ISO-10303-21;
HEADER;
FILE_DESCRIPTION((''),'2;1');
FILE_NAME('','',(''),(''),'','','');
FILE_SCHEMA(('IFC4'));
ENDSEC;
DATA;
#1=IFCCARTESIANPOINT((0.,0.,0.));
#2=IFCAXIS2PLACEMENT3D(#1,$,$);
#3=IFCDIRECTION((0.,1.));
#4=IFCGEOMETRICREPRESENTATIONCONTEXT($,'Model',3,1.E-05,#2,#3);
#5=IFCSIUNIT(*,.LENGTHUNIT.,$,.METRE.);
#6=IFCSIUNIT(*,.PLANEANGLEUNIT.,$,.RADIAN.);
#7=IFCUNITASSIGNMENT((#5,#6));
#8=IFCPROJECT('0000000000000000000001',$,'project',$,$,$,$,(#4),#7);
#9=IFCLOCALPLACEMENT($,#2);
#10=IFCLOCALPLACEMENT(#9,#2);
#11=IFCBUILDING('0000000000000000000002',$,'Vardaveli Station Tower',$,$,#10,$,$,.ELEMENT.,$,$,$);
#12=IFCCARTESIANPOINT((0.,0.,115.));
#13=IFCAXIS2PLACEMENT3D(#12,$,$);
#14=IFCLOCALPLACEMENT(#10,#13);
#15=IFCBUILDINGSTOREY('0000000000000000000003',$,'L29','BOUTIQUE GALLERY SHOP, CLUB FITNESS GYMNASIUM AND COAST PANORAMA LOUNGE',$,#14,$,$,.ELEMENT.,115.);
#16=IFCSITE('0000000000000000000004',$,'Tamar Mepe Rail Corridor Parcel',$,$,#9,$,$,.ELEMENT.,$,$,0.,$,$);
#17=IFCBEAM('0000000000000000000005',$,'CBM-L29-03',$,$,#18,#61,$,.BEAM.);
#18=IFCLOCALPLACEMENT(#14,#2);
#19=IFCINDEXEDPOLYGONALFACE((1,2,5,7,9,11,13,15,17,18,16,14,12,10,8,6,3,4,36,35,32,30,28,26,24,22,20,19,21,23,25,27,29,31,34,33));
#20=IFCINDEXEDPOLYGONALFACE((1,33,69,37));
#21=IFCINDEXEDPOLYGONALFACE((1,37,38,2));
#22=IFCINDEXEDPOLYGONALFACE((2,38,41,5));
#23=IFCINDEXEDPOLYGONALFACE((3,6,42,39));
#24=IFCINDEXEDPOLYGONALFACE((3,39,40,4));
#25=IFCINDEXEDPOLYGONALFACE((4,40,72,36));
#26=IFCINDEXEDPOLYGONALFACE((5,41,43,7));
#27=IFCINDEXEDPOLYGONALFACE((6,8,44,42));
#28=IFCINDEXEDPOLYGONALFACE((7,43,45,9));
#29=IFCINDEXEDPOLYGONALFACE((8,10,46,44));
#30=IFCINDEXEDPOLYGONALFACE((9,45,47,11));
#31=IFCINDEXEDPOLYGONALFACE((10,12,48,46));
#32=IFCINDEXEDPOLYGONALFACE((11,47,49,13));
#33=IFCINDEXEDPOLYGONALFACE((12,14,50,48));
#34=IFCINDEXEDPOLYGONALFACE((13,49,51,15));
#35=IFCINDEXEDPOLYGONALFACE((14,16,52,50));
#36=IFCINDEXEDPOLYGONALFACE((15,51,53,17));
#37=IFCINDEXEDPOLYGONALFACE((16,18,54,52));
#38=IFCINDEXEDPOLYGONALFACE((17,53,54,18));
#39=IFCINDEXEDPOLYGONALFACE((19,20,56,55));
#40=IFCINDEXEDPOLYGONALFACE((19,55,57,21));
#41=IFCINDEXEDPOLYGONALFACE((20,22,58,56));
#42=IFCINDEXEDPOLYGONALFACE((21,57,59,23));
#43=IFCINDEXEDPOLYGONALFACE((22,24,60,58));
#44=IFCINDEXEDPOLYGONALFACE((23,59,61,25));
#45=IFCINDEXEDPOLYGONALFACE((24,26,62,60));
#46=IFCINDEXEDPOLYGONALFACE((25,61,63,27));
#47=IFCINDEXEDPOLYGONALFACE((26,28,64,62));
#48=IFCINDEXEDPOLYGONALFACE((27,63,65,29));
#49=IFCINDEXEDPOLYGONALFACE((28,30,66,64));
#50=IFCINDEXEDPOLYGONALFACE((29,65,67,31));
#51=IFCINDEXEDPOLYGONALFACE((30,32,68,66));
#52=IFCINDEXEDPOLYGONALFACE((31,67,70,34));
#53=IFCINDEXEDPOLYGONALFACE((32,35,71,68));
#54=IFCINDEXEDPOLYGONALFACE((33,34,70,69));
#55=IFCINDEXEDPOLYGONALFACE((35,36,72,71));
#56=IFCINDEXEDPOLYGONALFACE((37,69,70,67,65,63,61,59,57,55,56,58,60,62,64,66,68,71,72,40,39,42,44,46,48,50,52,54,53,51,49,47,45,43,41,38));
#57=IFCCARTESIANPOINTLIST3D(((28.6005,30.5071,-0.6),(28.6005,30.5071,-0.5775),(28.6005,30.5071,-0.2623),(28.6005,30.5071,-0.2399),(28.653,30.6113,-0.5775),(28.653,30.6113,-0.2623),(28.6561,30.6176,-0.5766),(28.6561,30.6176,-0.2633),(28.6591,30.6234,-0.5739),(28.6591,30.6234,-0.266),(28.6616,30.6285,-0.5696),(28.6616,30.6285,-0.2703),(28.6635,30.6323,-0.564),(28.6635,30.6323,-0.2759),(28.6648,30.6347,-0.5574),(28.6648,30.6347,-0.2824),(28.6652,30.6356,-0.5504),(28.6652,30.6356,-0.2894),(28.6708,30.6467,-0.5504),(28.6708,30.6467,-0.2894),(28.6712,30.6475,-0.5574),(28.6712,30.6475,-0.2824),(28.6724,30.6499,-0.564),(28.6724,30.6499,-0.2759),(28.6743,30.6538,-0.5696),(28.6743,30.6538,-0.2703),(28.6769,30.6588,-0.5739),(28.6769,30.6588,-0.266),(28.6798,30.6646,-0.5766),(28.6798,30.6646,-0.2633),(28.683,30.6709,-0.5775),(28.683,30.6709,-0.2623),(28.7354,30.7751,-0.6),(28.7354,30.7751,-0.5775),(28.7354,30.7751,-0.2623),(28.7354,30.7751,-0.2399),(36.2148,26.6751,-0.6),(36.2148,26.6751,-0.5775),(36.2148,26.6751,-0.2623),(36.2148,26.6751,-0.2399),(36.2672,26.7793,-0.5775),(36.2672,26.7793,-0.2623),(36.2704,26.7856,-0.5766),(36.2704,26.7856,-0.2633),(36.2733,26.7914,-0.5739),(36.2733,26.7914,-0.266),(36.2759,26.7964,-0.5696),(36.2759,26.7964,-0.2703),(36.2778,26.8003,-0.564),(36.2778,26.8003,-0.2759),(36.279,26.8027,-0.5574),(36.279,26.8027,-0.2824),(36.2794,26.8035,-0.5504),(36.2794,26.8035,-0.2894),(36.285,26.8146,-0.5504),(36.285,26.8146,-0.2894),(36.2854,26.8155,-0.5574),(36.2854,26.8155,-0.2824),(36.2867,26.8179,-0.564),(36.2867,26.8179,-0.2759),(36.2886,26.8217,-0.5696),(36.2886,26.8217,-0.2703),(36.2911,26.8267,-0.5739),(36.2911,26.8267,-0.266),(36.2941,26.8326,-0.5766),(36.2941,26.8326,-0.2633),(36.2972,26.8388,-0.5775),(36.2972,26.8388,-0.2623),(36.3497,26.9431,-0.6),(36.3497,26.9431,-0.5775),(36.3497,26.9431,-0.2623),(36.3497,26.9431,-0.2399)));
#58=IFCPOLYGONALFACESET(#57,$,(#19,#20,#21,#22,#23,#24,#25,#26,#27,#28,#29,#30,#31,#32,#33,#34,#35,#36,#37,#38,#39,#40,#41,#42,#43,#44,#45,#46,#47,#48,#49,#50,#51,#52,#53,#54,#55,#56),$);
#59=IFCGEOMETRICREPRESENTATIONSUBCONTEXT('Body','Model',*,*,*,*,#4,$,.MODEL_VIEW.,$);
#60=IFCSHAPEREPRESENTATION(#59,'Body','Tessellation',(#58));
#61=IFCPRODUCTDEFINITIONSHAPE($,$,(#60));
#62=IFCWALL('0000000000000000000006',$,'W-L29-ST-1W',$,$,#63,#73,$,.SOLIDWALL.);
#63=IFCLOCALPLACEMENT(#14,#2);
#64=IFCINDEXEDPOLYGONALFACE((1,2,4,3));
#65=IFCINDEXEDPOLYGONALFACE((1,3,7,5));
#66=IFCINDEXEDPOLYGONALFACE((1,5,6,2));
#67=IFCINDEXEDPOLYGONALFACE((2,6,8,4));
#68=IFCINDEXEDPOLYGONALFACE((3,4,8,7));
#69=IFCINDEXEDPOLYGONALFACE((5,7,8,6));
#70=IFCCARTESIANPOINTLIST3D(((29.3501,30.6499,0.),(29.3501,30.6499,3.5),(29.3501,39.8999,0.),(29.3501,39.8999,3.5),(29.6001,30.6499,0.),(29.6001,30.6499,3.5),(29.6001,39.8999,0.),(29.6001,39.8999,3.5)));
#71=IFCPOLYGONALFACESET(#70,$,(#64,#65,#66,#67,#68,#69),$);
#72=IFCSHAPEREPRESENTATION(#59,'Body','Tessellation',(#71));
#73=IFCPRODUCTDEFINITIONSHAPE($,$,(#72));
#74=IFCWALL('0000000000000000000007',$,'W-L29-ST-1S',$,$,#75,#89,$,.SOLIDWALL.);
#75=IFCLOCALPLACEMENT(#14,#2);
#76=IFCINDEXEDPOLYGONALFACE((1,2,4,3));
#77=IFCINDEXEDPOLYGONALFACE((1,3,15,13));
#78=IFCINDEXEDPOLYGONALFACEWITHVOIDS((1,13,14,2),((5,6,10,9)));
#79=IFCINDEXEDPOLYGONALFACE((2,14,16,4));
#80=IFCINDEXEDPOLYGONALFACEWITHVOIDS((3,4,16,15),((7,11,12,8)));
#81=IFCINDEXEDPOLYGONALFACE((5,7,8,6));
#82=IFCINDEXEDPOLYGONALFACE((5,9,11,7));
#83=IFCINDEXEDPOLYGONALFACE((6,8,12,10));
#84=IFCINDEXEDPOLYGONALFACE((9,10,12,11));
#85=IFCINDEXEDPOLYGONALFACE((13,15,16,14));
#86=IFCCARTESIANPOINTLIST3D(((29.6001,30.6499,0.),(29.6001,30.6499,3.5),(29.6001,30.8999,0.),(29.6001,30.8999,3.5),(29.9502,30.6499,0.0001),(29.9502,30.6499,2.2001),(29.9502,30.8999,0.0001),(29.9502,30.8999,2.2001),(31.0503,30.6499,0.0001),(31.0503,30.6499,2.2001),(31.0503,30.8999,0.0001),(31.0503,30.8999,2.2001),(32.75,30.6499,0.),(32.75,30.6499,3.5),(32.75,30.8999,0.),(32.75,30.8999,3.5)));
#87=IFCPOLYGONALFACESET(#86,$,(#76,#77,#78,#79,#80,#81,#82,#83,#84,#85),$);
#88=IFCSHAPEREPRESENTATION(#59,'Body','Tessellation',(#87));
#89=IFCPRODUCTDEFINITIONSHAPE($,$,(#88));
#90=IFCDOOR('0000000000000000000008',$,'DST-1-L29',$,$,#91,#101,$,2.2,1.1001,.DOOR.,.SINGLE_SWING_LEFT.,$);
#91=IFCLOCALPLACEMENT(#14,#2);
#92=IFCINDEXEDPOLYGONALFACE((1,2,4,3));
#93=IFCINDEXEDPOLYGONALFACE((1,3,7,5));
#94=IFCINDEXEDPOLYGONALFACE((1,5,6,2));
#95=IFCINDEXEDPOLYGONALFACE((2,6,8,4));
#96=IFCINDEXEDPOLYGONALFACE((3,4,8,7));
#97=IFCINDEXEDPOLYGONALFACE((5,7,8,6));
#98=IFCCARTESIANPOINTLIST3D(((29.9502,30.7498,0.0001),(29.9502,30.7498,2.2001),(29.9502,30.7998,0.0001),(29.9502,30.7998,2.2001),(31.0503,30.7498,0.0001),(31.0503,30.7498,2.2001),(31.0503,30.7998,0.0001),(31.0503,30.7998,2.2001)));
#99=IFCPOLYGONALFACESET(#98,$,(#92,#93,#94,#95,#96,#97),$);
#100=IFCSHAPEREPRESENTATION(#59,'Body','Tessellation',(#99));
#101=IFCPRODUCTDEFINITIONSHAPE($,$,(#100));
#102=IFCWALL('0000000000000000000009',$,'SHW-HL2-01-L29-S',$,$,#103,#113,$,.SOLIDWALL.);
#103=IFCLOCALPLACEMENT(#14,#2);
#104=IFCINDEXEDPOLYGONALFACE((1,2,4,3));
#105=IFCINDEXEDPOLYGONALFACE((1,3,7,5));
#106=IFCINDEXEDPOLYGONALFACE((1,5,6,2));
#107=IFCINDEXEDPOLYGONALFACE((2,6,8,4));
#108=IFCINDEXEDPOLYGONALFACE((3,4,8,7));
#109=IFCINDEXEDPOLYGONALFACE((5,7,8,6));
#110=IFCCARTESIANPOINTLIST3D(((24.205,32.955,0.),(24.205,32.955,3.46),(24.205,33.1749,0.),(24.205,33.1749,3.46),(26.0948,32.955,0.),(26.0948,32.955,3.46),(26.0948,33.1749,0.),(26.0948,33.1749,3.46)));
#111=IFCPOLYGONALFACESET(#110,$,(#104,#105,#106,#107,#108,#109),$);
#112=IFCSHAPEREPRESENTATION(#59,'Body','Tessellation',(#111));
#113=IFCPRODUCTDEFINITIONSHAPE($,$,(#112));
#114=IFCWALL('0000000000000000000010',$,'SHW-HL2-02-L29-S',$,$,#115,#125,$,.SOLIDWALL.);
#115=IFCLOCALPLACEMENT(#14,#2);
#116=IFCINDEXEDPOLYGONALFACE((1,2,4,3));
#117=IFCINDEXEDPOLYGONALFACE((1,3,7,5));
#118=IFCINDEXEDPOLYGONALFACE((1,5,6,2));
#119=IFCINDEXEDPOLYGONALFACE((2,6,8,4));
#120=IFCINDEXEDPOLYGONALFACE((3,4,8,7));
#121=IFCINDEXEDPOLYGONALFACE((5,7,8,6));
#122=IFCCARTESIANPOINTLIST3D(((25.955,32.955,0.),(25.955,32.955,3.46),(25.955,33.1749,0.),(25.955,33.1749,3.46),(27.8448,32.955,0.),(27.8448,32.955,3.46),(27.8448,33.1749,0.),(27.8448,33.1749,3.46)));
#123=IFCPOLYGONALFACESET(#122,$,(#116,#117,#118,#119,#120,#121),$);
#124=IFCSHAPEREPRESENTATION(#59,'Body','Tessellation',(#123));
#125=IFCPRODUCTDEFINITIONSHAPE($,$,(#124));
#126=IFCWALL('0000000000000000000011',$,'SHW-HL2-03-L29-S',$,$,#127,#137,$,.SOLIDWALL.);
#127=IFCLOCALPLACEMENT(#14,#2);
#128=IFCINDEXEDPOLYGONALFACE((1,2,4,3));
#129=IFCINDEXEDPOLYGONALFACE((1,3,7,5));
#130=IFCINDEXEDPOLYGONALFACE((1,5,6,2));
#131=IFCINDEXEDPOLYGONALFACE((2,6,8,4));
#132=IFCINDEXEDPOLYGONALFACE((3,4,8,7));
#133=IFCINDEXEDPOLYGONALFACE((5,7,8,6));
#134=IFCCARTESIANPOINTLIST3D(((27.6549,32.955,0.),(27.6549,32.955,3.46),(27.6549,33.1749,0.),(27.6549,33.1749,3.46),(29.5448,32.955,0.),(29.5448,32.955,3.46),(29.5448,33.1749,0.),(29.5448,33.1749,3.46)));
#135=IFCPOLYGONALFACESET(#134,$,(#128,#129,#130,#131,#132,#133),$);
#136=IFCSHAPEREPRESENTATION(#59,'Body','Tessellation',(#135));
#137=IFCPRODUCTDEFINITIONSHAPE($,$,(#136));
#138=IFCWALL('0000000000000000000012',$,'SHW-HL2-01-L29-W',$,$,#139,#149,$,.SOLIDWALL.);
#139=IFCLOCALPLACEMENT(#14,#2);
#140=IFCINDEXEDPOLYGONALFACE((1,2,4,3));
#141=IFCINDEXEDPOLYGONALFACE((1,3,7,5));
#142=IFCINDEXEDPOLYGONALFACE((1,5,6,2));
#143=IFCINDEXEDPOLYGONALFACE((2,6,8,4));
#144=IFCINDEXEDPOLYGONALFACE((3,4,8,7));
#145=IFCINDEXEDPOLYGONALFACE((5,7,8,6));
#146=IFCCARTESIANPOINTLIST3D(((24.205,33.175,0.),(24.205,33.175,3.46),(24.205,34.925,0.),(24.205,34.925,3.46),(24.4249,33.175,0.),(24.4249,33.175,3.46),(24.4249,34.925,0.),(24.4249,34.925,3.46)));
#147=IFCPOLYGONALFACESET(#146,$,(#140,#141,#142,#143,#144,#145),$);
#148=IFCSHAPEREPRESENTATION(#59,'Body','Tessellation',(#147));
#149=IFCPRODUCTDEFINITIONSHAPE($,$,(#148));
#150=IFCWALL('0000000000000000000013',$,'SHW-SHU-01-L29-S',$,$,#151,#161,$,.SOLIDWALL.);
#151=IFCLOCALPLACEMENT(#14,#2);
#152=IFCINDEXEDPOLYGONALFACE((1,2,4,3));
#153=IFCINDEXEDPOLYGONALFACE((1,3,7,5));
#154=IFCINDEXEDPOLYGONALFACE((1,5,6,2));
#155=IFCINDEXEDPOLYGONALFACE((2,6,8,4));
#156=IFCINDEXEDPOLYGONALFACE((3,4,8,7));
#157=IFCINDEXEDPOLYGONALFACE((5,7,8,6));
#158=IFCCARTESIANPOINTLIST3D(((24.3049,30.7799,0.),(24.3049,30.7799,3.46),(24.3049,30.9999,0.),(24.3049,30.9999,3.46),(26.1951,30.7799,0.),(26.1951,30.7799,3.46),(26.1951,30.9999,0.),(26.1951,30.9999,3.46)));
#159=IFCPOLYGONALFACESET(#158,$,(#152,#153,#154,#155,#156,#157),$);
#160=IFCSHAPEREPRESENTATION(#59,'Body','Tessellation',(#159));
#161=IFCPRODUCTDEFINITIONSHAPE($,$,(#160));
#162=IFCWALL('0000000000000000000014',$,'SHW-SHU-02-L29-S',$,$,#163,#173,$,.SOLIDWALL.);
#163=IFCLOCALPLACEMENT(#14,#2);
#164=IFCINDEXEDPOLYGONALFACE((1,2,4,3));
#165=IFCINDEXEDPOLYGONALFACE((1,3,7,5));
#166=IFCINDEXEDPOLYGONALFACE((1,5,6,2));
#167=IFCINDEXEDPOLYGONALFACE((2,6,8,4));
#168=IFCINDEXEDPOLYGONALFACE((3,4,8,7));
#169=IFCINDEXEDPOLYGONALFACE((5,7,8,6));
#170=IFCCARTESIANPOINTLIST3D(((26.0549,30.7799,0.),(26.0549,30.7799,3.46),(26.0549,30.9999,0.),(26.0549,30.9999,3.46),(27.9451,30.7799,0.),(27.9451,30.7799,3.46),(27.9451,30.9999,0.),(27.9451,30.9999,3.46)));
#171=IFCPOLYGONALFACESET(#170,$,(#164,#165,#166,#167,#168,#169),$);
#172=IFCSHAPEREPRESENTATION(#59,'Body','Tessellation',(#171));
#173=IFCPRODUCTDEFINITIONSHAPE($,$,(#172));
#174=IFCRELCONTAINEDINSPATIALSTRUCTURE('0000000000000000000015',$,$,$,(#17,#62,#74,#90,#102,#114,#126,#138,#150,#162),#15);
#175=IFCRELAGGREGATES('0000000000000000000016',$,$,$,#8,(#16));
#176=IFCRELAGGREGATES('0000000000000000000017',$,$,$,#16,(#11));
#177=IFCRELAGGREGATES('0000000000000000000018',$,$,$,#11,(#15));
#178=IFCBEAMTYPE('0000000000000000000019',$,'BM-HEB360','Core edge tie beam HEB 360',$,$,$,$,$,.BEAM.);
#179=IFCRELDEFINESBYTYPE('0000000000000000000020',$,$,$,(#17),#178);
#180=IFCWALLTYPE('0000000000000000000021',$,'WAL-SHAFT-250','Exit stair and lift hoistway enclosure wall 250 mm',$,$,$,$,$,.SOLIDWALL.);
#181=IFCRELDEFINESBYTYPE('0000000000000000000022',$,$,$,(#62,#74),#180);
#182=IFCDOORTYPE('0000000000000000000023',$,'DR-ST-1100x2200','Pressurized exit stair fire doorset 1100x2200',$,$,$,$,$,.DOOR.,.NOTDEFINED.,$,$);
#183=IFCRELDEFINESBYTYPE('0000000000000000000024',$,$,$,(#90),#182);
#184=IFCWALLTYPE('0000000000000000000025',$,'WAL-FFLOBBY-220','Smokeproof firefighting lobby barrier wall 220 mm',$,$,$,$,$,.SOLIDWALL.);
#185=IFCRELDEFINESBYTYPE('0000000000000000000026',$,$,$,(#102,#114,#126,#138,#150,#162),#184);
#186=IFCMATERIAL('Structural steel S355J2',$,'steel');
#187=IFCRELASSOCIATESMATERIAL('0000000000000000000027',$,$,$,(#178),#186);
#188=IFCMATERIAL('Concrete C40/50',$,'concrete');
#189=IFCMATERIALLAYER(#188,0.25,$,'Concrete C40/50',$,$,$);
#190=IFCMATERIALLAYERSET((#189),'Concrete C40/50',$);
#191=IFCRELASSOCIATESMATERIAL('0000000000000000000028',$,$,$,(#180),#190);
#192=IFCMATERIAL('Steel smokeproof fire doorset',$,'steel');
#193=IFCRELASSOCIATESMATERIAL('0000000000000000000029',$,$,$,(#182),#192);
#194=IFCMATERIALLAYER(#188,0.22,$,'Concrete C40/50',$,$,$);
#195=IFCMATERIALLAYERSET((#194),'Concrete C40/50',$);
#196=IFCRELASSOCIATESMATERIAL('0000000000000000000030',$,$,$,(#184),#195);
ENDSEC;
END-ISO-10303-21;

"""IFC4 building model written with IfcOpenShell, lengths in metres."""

from ifc_helpers import new_model, si_unit, direction, frame, frame_2d, origin, origin_2d, place, context, subcontext, project, spatial, rectangle, i_section, extrude, source, transform, mapped, material, layer, layer_set, material_profile, profile_set, type_object, element, fill, save


model = new_model("IFC4")

# Units and contexts
model_context = context("Model", 3, precision=1e-05, world=origin(), true_north=direction((0.0, 1.0)))
body_context = subcontext(model_context, "Body", "Model", "MODEL_VIEW")
ifc_project = project(units=[si_unit("LENGTHUNIT", "METRE"), si_unit("PLANEANGLEUNIT", "RADIAN")], contexts=[model_context])

# Site, building, storey
site_placement = place(None, origin())
site = spatial("IfcSite", under=ifc_project, at=site_placement, Name="Tamar Mepe Rail Corridor Parcel", CompositionType="ELEMENT", RefElevation=0.0)
building_placement = place(site_placement, origin())
building = spatial("IfcBuilding", under=site, at=building_placement, Name="Vardaveli Station Tower", CompositionType="ELEMENT")
storey_placement = place(building_placement, frame((0.0, 0.0, 115.0)))
storey = spatial("IfcBuildingStorey", under=building, at=storey_placement, Name="L29", Description="BOUTIQUE GALLERY SHOP, CLUB FITNESS GYMNASIUM AND COAST PANORAMA LOUNGE", CompositionType="ELEMENT", Elevation=115.0)

# Beam
ifc_material_1 = material(Name="Structural steel S355J2", Category="steel")
ifc_material_profile_1 = material_profile(ifc_material_1, i_section(OverallWidth=0.3, OverallDepth=0.3601, WebThickness=0.0125, FlangeThickness=0.0225, FilletRadius=0.0271, at=origin_2d()), Name="HEB 360")
ifc_profile_set_1 = profile_set([ifc_material_profile_1], Name="Structural steel S355J2")
beam_type_1 = type_object("IfcBeamType", Name="BM-HEB360", Description="Core edge tie beam HEB 360", PredefinedType="BEAM", material=ifc_profile_set_1)
shared_shape_1 = source(origin(), body_context, "Body", "SweptSolid", [
    extrude(i_section(OverallWidth=0.3, OverallDepth=0.3601, WebThickness=0.0125, FlangeThickness=0.0225, FilletRadius=0.0271, at=origin_2d()), origin(), (0.0, 0.0, 1.0), 8.5242),
])
beam_1_placement = place(storey_placement, frame((28.668, 30.6411, -0.4199), z_axis=(0.893256, -0.449549, 0.0), x_axis=(0.449549, 0.893256, 0.0)))
element("IfcBeam", 1, at=beam_1_placement, inside=storey, type_object=beam_type_1, Name="CBM-L29-03", PredefinedType="BEAM", context=body_context, shape_type="MappedRepresentation", body=[
    mapped(shared_shape_1, transform((0.0, 0.0, 0.0), scale=1.0)),
])

# Wall
ifc_material_2 = material(Name="Concrete C40/50", Category="concrete")
ifc_layer_1 = layer(ifc_material_2, 0.25, Name="Concrete C40/50")
ifc_layer_set_1 = layer_set([ifc_layer_1], Name="Concrete C40/50")
wall_type_1 = type_object("IfcWallType", Name="WAL-SHAFT-250", Description="Exit stair and lift hoistway enclosure wall 250 mm", PredefinedType="SOLIDWALL", material=ifc_layer_set_1)
shared_shape_2 = source(origin(), body_context, "Body", "SweptSolid", [
    extrude(rectangle(XDim=9.25, YDim=0.25, at=frame_2d((4.625, 0.0))), origin(), (0.0, 0.0, 1.0), 3.5),
])
wall_1_placement = place(storey_placement, frame((29.4751, 30.6499, 0.0), z_axis=(0.0, 0.0, 1.0), x_axis=(0.0, 1.0, 0.0)))
element("IfcWall", 2, at=wall_1_placement, inside=storey, type_object=wall_type_1, Name="W-L29-ST-1W", PredefinedType="SOLIDWALL", context=body_context, shape_type="MappedRepresentation", body=[
    mapped(shared_shape_2, transform((0.0, 0.0, 0.0), scale=1.0)),
])

# Wall, opening, door
shared_shape_3 = source(origin(), body_context, "Body", "SweptSolid", [
    extrude(rectangle(XDim=3.1499, YDim=0.25, at=frame_2d((1.575, 0.0))), origin(), (0.0, 0.0, 1.0), 3.5),
])
wall_2_placement = place(storey_placement, frame((29.6001, 30.7749, 0.0), z_axis=(0.0, 0.0, 1.0), x_axis=(1.0, 0.0, 0.0)))
wall_2 = element("IfcWall", 3, at=wall_2_placement, inside=storey, type_object=wall_type_1, Name="W-L29-ST-1S", PredefinedType="SOLIDWALL", context=body_context, shape_type="MappedRepresentation", body=[
    mapped(shared_shape_3, transform((0.0, 0.0, 0.0), scale=1.0)),
])
shared_shape_4 = source(origin(), body_context, "Body", "SweptSolid", [
    extrude(rectangle(XDim=1.1001, YDim=2.2, at=frame_2d((0.55, 1.1001))), frame((0.0, 0.135, 0.0), z_axis=(0.0, -1.0, 0.0), x_axis=(1.0, 0.0, 0.0)), (0.0, 0.0, 1.0), 0.27),
])
opening_placement = place(wall_2_placement, frame((0.3501, 0.0, 0.0)))
opening = element("IfcOpeningElement", 4, at=opening_placement, cuts=wall_2, PredefinedType="OPENING", context=body_context, shape_type="MappedRepresentation", body=[
    mapped(shared_shape_4, transform((0.0, 0.0, 0.0), scale=1.0)),
])
ifc_material_3 = material(Name="Steel smokeproof fire doorset", Category="steel")
door_type = type_object("IfcDoorType", Name="DR-ST-1100x2200", Description="Pressurized exit stair fire doorset 1100x2200", OperationType="NOTDEFINED", PredefinedType="DOOR", material=ifc_material_3)
shared_shape_5 = source(origin(), body_context, "Body", "SweptSolid", [
    extrude(rectangle(XDim=1.1001, YDim=2.2, at=frame_2d((0.55, 1.1001))), frame((0.0, 0.0249, 0.0), z_axis=(0.0, -1.0, 0.0), x_axis=(1.0, 0.0, 0.0)), (0.0, 0.0, 1.0), 0.05),
])
door_placement = place(opening_placement, origin())
door = element("IfcDoor", 5, at=door_placement, inside=storey, type_object=door_type, Name="DST-1-L29", OperationType="SINGLE_SWING_LEFT", OverallHeight=2.2, OverallWidth=1.1001, PredefinedType="DOOR", context=body_context, shape_type="MappedRepresentation", body=[
    mapped(shared_shape_5, transform((0.0, 0.0, 0.0), scale=1.0)),
])
fill(opening, door)

# Walls
ifc_layer_2 = layer(ifc_material_2, 0.22, Name="Concrete C40/50")
ifc_layer_set_2 = layer_set([ifc_layer_2], Name="Concrete C40/50")
wall_type_2 = type_object("IfcWallType", Name="WAL-FFLOBBY-220", Description="Smokeproof firefighting lobby barrier wall 220 mm", PredefinedType="SOLIDWALL", material=ifc_layer_set_2)
shared_shape_6 = source(origin(), body_context, "Body", "SweptSolid", [
    extrude(rectangle(XDim=1.8899, YDim=0.22, at=frame_2d((0.9448, 0.0))), origin(), (0.0, 0.0, 1.0), 3.46),
])
for number, where, z_axis, x_axis, name in (
    (6, (24.2051, 33.0649, 0.0), (0.0, 0.0, 1.0), (1.0, 0.0, 0.0), "SHW-HL2-01-L29-S"),
    (7, (25.9551, 33.0649, 0.0), (0.0, 0.0, 1.0), (1.0, 0.0, 0.0), "SHW-HL2-02-L29-S"),
    (8, (27.655, 33.0649, 0.0), (0.0, 0.0, 1.0), (1.0, 0.0, 0.0), "SHW-HL2-03-L29-S"),
):
    element("IfcWall", number, at=place(storey_placement, frame(where, z_axis=z_axis, x_axis=x_axis)), inside=storey, type_object=wall_type_2, Name=name, PredefinedType="SOLIDWALL", context=body_context, shape_type="MappedRepresentation", body=[
        mapped(shared_shape_6, transform((0.0, 0.0, 0.0), scale=1.0)),
    ])
shared_shape_7 = source(origin(), body_context, "Body", "SweptSolid", [
    extrude(rectangle(XDim=1.75, YDim=0.22, at=frame_2d((0.875, 0.0))), origin(), (0.0, 0.0, 1.0), 3.46),
])
wall_3_placement = place(storey_placement, frame((24.3149, 33.175, 0.0), z_axis=(0.0, 0.0, 1.0), x_axis=(0.0, 1.0, 0.0)))
element("IfcWall", 9, at=wall_3_placement, inside=storey, type_object=wall_type_2, Name="SHW-HL2-01-L29-W", PredefinedType="SOLIDWALL", context=body_context, shape_type="MappedRepresentation", body=[
    mapped(shared_shape_7, transform((0.0, 0.0, 0.0), scale=1.0)),
])
shared_shape_8 = source(origin(), body_context, "Body", "SweptSolid", [
    extrude(rectangle(XDim=1.8901, YDim=0.22, at=frame_2d((0.9451, 0.0))), origin(), (0.0, 0.0, 1.0), 3.46),
])
for number, where, z_axis, x_axis, name in (
    (10, (24.3049, 30.8899, 0.0), (0.0, 0.0, 1.0), (1.0, 0.0, 0.0), "SHW-SHU-01-L29-S"),
    (11, (26.0549, 30.8899, 0.0), (0.0, 0.0, 1.0), (1.0, 0.0, 0.0), "SHW-SHU-02-L29-S"),
):
    element("IfcWall", number, at=place(storey_placement, frame(where, z_axis=z_axis, x_axis=x_axis)), inside=storey, type_object=wall_type_2, Name=name, PredefinedType="SOLIDWALL", context=body_context, shape_type="MappedRepresentation", body=[
        mapped(shared_shape_8, transform((0.0, 0.0, 0.0), scale=1.0)),
    ])

save(model, "model.ifc")
